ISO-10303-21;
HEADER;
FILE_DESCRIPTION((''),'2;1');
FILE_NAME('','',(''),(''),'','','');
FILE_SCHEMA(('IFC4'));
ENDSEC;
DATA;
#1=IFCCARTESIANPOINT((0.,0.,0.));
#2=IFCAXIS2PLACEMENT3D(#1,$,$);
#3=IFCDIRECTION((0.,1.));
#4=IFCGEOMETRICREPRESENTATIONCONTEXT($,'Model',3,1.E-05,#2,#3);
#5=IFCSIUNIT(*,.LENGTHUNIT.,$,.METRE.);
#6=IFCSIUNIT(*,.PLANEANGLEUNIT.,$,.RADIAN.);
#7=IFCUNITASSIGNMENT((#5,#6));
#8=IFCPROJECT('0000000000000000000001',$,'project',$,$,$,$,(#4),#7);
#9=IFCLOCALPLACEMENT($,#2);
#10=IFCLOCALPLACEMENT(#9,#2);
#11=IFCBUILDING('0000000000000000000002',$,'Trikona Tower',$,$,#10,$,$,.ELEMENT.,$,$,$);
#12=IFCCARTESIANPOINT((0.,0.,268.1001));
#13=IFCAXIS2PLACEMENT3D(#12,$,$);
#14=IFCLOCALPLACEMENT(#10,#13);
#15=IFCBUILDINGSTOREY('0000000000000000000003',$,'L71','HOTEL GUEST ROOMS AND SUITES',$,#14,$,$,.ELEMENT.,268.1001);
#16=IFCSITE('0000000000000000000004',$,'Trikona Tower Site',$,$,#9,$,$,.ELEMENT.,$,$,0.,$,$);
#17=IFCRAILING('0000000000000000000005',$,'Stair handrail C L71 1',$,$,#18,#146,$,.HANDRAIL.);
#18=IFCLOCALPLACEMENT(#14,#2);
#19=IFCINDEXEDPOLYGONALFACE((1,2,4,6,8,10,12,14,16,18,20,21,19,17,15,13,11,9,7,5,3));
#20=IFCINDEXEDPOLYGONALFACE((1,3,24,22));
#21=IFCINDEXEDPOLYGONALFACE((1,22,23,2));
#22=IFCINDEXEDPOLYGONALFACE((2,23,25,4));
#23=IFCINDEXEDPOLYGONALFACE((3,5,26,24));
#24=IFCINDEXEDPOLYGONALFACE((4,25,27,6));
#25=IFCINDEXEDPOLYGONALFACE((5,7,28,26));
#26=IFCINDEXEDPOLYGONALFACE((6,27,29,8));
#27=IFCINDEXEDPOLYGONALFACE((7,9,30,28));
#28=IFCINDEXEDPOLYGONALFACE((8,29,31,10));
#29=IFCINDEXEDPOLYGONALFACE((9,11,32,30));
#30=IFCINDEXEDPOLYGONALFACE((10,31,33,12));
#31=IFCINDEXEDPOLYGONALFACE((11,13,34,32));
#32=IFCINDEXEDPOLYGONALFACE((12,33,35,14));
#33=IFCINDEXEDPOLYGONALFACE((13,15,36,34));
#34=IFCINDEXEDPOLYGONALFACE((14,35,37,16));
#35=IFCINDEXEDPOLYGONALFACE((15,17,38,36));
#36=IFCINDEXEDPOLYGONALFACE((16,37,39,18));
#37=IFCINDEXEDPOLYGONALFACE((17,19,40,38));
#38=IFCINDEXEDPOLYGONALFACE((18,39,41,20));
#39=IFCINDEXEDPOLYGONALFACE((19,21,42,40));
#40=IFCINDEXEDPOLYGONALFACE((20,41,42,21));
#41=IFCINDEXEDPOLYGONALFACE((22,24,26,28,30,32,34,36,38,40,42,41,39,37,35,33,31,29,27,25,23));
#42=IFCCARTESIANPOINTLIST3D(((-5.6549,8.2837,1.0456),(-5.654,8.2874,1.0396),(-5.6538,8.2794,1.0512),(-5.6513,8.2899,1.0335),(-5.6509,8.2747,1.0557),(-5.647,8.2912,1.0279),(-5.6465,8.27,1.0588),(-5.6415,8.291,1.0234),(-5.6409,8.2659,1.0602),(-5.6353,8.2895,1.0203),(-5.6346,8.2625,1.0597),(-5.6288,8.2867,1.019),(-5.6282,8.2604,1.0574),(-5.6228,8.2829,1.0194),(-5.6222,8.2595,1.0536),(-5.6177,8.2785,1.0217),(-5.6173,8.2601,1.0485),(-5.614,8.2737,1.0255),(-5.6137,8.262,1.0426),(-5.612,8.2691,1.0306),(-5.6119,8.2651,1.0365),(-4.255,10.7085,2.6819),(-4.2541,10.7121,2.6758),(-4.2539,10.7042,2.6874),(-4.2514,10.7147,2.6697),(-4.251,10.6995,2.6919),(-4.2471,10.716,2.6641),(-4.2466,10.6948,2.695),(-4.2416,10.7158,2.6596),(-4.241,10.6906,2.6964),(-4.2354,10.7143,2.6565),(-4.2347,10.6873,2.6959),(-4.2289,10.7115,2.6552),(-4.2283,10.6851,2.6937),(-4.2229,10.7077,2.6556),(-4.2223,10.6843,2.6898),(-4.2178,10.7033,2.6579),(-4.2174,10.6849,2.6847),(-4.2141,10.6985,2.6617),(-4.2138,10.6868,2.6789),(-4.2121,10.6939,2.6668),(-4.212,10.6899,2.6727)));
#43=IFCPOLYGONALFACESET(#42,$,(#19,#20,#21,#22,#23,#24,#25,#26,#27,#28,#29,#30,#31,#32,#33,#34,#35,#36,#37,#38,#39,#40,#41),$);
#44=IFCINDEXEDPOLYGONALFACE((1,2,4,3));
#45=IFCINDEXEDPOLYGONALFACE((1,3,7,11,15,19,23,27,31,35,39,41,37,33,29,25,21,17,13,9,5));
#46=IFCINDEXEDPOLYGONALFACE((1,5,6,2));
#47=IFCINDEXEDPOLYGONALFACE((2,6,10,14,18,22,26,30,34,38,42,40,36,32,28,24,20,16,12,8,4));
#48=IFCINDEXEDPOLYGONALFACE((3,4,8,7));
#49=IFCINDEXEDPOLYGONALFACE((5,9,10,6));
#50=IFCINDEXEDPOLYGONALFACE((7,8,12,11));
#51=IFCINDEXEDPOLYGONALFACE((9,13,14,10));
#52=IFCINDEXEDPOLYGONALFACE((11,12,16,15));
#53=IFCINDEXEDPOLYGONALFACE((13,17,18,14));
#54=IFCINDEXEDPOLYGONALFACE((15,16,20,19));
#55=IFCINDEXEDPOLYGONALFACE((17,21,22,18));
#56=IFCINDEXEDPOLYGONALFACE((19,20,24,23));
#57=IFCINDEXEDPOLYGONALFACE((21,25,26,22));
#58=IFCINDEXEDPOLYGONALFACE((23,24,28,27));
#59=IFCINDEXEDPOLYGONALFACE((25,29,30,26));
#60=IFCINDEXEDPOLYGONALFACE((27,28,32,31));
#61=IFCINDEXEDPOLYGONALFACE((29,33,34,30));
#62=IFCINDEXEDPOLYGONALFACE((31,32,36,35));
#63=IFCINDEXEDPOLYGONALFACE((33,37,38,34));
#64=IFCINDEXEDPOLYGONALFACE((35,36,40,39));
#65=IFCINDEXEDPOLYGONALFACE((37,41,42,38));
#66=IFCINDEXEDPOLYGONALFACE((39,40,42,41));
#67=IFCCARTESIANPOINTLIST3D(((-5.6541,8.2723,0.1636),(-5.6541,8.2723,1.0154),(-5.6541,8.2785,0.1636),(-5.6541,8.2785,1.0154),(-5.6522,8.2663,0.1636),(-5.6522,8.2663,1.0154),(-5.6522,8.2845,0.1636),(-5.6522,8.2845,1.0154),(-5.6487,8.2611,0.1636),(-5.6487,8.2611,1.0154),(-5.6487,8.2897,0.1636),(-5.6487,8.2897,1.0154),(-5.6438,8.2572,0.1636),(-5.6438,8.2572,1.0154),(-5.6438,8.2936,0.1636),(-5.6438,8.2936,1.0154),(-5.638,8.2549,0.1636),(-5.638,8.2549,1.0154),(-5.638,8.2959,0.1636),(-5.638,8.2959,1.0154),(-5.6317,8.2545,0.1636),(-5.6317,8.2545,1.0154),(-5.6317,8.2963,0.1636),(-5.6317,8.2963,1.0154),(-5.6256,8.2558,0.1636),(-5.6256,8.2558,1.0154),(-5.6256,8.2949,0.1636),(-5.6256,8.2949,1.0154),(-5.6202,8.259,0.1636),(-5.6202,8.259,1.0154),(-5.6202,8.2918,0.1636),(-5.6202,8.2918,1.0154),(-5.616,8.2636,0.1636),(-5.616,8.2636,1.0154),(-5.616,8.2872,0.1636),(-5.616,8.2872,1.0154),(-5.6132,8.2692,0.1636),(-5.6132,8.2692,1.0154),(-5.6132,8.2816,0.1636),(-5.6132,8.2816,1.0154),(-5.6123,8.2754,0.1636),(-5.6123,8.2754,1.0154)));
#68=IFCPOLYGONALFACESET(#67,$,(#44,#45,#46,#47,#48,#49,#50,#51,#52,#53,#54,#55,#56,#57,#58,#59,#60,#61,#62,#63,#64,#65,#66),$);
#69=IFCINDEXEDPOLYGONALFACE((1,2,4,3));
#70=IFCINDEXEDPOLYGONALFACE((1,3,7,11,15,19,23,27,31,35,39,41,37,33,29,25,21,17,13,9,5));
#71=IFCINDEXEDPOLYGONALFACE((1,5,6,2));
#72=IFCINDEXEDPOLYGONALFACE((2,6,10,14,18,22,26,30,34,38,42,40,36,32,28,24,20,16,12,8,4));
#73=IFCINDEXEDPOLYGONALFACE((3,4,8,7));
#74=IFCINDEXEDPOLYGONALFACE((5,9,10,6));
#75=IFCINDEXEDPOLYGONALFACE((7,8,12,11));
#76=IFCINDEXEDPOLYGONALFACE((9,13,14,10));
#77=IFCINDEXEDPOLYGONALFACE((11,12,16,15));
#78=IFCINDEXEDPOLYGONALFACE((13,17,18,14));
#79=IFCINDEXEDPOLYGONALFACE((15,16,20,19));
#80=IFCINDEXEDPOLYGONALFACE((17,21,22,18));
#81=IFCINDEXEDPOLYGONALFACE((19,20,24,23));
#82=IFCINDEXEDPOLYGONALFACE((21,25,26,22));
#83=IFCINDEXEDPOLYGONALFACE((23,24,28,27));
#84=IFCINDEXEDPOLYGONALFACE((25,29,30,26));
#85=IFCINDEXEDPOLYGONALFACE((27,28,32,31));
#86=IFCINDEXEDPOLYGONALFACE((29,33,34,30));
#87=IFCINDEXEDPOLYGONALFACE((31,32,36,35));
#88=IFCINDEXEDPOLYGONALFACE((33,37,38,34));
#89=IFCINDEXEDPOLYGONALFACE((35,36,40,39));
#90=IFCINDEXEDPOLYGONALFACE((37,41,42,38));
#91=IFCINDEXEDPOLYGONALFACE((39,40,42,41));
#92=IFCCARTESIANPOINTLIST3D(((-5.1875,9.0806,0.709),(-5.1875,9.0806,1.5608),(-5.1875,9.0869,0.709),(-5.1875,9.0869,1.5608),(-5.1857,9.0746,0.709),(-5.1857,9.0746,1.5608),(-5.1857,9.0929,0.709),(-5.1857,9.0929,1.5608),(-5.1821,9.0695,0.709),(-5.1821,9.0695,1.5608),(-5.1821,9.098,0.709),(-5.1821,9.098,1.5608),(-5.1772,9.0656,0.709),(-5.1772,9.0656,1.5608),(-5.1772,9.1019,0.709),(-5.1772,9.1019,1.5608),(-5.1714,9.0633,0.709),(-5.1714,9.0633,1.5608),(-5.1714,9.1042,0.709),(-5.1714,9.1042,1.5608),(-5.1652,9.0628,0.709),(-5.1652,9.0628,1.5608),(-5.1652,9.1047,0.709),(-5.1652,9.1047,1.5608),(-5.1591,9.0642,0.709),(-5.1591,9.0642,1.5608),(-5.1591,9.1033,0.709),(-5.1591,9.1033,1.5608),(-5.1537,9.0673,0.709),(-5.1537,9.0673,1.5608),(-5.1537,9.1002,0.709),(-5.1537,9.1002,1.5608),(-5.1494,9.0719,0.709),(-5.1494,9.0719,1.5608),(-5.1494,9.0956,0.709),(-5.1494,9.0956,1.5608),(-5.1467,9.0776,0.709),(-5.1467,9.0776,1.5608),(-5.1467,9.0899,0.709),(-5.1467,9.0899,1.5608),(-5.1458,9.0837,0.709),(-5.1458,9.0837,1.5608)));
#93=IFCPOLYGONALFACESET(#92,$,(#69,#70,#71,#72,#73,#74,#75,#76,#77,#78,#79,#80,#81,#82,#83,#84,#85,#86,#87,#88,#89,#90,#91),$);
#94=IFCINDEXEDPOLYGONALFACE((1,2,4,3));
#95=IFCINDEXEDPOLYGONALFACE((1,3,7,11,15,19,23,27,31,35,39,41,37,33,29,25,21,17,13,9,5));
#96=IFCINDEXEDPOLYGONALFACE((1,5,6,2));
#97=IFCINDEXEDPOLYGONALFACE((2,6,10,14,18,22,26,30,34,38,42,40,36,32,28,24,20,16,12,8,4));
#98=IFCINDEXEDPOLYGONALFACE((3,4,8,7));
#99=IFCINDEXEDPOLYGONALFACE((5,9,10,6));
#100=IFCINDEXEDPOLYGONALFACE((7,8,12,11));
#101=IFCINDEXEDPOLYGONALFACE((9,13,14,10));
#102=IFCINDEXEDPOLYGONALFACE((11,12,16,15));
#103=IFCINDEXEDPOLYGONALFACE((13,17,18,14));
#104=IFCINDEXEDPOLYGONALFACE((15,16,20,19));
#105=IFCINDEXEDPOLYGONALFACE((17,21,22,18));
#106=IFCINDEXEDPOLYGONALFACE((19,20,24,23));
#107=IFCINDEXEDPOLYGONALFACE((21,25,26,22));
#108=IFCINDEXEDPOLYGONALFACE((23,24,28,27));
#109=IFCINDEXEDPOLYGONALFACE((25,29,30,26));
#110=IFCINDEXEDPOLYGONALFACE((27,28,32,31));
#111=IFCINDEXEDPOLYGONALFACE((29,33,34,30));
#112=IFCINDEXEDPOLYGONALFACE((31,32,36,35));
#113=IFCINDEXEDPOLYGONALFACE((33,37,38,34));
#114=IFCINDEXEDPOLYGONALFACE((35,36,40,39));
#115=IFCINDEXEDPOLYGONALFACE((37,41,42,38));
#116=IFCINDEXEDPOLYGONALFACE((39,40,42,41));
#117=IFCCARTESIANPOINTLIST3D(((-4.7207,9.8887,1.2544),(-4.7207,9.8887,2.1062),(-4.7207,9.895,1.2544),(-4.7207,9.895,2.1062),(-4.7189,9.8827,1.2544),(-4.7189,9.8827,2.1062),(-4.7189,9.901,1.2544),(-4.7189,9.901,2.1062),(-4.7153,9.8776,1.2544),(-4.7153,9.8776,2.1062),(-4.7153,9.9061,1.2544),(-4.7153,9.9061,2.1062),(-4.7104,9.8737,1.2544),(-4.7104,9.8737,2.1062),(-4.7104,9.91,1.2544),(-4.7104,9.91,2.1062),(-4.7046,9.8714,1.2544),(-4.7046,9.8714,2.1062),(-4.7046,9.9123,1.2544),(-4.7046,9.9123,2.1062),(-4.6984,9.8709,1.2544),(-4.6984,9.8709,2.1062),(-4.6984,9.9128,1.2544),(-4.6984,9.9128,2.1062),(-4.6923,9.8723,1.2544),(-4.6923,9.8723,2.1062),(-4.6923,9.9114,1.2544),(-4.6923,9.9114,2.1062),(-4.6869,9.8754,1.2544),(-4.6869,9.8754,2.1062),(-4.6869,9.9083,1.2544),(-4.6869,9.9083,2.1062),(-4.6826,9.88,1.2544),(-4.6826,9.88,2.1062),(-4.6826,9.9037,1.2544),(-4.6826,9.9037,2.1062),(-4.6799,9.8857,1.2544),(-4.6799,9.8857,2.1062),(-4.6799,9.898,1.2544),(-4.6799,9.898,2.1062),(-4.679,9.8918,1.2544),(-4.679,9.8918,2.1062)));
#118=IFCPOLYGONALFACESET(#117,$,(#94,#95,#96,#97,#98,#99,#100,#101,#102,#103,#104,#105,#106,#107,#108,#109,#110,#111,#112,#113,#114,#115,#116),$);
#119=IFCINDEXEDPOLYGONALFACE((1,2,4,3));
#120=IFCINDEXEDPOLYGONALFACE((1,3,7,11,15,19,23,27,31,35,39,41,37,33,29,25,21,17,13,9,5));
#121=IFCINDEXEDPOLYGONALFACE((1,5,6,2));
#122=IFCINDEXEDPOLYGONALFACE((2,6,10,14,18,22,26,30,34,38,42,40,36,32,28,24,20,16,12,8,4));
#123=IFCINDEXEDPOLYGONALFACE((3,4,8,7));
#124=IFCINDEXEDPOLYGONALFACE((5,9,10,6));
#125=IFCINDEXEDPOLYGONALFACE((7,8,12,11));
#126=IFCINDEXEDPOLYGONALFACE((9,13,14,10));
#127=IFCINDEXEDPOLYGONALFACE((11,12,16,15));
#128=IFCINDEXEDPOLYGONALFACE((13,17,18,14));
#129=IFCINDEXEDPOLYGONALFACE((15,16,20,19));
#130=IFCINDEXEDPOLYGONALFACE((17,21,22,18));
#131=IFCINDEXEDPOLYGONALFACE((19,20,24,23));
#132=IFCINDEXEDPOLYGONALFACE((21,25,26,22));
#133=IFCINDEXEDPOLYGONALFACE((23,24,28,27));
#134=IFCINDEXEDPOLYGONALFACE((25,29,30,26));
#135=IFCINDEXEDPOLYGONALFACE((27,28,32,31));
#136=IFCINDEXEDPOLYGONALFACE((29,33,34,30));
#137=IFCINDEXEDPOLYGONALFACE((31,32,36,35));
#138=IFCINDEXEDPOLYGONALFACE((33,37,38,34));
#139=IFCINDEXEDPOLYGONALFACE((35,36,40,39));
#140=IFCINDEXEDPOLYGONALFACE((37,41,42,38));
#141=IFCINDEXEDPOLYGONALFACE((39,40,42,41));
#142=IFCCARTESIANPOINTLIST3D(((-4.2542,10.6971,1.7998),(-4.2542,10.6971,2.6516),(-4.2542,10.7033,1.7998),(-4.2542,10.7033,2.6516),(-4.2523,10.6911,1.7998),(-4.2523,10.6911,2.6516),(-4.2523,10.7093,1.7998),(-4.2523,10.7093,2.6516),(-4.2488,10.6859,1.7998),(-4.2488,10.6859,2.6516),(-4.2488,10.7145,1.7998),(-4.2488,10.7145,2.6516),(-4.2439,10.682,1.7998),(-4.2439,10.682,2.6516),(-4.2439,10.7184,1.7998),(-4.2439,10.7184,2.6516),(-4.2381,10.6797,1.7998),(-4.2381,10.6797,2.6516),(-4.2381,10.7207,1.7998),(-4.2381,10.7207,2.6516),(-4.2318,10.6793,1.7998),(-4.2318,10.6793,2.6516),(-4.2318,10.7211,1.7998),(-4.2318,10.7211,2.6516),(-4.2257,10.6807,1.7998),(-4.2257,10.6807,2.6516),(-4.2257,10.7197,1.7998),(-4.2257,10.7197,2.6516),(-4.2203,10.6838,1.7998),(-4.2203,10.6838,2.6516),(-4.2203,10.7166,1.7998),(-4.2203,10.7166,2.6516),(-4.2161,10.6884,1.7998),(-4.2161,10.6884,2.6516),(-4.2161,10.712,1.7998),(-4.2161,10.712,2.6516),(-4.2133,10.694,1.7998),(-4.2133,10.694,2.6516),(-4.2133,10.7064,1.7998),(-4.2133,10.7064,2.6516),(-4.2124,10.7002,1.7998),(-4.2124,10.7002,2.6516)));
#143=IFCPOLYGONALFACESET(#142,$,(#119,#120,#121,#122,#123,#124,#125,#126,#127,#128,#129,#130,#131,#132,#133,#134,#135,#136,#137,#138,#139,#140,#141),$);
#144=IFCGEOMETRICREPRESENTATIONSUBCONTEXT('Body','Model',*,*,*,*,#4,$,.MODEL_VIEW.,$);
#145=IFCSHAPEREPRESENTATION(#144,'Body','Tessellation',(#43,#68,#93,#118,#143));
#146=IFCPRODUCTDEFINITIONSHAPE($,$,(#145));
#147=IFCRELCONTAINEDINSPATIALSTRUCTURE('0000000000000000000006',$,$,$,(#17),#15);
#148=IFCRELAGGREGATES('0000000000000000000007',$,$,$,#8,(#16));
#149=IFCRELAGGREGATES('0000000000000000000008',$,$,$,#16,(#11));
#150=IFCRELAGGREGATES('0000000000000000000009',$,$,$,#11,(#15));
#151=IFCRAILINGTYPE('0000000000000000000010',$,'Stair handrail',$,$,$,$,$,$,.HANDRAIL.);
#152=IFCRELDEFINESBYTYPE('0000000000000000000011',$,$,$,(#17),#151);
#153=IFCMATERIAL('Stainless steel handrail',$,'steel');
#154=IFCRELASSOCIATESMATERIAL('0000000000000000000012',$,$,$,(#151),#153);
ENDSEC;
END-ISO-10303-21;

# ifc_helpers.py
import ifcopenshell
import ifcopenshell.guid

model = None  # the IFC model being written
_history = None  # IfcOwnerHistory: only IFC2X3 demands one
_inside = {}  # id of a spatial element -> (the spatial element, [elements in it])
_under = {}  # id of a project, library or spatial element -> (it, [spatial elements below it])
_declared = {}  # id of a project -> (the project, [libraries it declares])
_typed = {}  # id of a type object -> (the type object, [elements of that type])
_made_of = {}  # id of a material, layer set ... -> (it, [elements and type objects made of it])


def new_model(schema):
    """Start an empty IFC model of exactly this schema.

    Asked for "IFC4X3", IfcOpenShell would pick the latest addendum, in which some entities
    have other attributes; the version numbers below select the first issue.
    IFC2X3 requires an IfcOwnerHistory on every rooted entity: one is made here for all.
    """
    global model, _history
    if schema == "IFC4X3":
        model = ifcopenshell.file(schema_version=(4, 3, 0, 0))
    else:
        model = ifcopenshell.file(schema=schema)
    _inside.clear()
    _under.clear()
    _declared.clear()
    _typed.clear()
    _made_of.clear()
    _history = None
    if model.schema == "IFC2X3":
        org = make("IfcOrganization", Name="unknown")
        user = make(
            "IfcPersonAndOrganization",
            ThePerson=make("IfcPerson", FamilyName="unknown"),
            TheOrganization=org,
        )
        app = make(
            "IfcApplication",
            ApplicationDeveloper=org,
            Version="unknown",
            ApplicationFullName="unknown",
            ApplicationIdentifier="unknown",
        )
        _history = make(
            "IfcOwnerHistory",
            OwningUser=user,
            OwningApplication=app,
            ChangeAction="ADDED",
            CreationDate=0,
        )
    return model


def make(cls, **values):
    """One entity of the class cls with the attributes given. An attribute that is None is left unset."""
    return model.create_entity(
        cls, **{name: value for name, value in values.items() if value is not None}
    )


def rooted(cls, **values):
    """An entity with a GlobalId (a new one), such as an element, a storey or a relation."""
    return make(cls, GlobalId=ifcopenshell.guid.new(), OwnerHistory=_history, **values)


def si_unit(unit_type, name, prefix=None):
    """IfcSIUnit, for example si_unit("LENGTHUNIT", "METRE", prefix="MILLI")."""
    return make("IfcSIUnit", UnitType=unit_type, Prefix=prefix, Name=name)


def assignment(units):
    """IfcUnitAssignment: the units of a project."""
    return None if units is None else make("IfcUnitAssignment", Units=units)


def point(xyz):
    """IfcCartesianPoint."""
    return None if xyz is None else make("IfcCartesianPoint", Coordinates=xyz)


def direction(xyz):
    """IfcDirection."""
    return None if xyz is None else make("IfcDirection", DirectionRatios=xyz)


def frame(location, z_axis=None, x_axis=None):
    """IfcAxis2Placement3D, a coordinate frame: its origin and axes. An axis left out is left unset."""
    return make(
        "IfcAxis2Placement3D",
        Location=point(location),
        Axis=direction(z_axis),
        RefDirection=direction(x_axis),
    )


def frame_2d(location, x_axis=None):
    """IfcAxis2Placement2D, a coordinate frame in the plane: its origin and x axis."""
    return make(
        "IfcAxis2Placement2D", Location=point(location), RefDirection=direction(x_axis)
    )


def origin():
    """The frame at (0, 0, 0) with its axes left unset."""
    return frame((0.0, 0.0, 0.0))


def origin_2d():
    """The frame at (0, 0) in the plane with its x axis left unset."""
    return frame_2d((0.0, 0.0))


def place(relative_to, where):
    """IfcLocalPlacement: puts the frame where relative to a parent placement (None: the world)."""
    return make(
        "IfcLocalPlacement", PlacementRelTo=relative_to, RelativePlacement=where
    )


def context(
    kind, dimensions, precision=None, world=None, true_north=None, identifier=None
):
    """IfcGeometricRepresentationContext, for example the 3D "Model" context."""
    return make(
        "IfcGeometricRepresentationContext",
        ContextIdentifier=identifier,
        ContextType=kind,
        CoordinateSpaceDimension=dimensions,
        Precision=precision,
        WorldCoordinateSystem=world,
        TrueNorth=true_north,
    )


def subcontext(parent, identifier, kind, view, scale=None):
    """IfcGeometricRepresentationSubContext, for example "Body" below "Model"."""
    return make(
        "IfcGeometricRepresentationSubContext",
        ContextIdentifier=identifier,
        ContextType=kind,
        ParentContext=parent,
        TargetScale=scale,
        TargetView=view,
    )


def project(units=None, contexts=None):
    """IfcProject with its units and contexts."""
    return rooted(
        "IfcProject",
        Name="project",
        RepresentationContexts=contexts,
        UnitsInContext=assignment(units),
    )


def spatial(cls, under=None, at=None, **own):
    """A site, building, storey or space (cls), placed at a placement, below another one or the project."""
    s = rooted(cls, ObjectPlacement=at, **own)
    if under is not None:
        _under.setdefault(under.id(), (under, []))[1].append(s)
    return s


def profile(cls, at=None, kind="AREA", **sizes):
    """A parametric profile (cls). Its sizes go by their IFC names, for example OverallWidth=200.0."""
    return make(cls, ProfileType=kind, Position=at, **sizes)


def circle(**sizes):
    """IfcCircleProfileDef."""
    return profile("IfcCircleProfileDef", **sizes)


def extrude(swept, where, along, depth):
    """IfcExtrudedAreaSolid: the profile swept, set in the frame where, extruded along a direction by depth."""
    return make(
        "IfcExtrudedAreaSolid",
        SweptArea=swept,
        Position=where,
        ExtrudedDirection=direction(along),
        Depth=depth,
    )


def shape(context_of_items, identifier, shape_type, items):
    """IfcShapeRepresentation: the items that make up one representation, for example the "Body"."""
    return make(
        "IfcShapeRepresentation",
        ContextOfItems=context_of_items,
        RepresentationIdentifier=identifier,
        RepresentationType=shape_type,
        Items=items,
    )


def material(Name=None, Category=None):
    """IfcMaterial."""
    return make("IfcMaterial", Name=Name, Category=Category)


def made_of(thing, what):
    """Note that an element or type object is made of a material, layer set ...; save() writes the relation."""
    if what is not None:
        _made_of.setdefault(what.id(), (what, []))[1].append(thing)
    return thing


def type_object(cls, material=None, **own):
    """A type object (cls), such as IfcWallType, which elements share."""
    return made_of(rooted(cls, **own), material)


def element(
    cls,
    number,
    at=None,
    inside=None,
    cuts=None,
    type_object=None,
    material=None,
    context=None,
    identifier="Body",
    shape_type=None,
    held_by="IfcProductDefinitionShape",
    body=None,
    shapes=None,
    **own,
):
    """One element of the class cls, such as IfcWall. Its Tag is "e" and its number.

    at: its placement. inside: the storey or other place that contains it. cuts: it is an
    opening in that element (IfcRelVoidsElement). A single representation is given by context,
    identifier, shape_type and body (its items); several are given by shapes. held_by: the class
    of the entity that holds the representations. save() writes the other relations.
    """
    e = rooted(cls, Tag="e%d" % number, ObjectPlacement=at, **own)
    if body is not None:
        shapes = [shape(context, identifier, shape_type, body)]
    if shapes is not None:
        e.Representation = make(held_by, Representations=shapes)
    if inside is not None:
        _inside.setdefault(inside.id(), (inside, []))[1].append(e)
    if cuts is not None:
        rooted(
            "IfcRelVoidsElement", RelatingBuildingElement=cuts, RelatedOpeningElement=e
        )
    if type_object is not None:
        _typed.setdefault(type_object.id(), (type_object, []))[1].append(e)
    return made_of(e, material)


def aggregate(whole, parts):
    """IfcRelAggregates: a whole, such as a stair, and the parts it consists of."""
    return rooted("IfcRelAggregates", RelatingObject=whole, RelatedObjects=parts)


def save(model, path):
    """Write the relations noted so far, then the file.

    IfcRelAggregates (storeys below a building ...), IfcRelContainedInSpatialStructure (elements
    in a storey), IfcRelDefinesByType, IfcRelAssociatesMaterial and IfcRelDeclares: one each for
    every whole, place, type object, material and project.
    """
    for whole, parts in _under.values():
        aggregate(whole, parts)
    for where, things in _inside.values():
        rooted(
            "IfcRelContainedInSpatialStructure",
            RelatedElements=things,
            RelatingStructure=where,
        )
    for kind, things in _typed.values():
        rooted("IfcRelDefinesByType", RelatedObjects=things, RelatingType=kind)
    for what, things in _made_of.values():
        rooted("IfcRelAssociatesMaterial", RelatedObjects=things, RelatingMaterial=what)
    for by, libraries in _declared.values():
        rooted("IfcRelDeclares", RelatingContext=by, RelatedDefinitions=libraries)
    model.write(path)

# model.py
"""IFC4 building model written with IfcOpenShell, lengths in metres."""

from ifc_helpers import new_model, si_unit, direction, frame, origin, origin_2d, place, context, subcontext, project, spatial, circle, extrude, material, type_object, element, save


model = new_model("IFC4")

# Units and contexts
model_context = context("Model", 3, precision=1e-05, world=origin(), true_north=direction((0.0, 1.0)))
body_context = subcontext(model_context, "Body", "Model", "MODEL_VIEW")
ifc_project = project(units=[si_unit("LENGTHUNIT", "METRE"), si_unit("PLANEANGLEUNIT", "RADIAN")], contexts=[model_context])

# Site, building, storey
site_placement = place(None, origin())
site = spatial("IfcSite", under=ifc_project, at=site_placement, Name="Trikona Tower Site", CompositionType="ELEMENT", RefElevation=0.0)
building_placement = place(site_placement, origin())
building = spatial("IfcBuilding", under=site, at=building_placement, Name="Trikona Tower", CompositionType="ELEMENT")
storey_placement = place(building_placement, frame((0.0, 0.0, 268.1001)))
storey = spatial("IfcBuildingStorey", under=building, at=storey_placement, Name="L71", Description="HOTEL GUEST ROOMS AND SUITES", CompositionType="ELEMENT", Elevation=268.1001)

# Railing
ifc_material_1 = material(Name="Stainless steel handrail", Category="steel")
railing_type = type_object("IfcRailingType", Name="Stair handrail", PredefinedType="HANDRAIL", material=ifc_material_1)
railing_1_placement = place(storey_placement, frame((-5.6333, 8.2754, 0.1636)))
element("IfcRailing", 1, at=railing_1_placement, inside=storey, type_object=railing_type, Name="Stair handrail C L71 1", PredefinedType="HANDRAIL", context=body_context, shape_type="SweptSolid", body=[
    extrude(circle(Radius=0.0239, at=origin_2d()), frame((0.0, 0.0, 0.876), z_axis=(0.431677, 0.747718, 0.504552), x_axis=(-0.866035, 0.499984, 0.0)), (0.0, 0.0, 1.0), 3.2429),
    extrude(circle(Radius=0.021, at=origin_2d()), origin(), (0.0, 0.0, 1.0), 0.8518),
    extrude(circle(Radius=0.021, at=origin_2d()), frame((0.4666, 0.8083, 0.5454)), (0.0, 0.0, 1.0), 0.8518),
    extrude(circle(Radius=0.021, at=origin_2d()), frame((0.9333, 1.6165, 1.0908)), (0.0, 0.0, 1.0), 0.8518),
    extrude(circle(Radius=0.021, at=origin_2d()), frame((1.3999, 2.4248, 1.6362)), (0.0, 0.0, 1.0), 0.8518),
])

save(model, "model.ifc")
